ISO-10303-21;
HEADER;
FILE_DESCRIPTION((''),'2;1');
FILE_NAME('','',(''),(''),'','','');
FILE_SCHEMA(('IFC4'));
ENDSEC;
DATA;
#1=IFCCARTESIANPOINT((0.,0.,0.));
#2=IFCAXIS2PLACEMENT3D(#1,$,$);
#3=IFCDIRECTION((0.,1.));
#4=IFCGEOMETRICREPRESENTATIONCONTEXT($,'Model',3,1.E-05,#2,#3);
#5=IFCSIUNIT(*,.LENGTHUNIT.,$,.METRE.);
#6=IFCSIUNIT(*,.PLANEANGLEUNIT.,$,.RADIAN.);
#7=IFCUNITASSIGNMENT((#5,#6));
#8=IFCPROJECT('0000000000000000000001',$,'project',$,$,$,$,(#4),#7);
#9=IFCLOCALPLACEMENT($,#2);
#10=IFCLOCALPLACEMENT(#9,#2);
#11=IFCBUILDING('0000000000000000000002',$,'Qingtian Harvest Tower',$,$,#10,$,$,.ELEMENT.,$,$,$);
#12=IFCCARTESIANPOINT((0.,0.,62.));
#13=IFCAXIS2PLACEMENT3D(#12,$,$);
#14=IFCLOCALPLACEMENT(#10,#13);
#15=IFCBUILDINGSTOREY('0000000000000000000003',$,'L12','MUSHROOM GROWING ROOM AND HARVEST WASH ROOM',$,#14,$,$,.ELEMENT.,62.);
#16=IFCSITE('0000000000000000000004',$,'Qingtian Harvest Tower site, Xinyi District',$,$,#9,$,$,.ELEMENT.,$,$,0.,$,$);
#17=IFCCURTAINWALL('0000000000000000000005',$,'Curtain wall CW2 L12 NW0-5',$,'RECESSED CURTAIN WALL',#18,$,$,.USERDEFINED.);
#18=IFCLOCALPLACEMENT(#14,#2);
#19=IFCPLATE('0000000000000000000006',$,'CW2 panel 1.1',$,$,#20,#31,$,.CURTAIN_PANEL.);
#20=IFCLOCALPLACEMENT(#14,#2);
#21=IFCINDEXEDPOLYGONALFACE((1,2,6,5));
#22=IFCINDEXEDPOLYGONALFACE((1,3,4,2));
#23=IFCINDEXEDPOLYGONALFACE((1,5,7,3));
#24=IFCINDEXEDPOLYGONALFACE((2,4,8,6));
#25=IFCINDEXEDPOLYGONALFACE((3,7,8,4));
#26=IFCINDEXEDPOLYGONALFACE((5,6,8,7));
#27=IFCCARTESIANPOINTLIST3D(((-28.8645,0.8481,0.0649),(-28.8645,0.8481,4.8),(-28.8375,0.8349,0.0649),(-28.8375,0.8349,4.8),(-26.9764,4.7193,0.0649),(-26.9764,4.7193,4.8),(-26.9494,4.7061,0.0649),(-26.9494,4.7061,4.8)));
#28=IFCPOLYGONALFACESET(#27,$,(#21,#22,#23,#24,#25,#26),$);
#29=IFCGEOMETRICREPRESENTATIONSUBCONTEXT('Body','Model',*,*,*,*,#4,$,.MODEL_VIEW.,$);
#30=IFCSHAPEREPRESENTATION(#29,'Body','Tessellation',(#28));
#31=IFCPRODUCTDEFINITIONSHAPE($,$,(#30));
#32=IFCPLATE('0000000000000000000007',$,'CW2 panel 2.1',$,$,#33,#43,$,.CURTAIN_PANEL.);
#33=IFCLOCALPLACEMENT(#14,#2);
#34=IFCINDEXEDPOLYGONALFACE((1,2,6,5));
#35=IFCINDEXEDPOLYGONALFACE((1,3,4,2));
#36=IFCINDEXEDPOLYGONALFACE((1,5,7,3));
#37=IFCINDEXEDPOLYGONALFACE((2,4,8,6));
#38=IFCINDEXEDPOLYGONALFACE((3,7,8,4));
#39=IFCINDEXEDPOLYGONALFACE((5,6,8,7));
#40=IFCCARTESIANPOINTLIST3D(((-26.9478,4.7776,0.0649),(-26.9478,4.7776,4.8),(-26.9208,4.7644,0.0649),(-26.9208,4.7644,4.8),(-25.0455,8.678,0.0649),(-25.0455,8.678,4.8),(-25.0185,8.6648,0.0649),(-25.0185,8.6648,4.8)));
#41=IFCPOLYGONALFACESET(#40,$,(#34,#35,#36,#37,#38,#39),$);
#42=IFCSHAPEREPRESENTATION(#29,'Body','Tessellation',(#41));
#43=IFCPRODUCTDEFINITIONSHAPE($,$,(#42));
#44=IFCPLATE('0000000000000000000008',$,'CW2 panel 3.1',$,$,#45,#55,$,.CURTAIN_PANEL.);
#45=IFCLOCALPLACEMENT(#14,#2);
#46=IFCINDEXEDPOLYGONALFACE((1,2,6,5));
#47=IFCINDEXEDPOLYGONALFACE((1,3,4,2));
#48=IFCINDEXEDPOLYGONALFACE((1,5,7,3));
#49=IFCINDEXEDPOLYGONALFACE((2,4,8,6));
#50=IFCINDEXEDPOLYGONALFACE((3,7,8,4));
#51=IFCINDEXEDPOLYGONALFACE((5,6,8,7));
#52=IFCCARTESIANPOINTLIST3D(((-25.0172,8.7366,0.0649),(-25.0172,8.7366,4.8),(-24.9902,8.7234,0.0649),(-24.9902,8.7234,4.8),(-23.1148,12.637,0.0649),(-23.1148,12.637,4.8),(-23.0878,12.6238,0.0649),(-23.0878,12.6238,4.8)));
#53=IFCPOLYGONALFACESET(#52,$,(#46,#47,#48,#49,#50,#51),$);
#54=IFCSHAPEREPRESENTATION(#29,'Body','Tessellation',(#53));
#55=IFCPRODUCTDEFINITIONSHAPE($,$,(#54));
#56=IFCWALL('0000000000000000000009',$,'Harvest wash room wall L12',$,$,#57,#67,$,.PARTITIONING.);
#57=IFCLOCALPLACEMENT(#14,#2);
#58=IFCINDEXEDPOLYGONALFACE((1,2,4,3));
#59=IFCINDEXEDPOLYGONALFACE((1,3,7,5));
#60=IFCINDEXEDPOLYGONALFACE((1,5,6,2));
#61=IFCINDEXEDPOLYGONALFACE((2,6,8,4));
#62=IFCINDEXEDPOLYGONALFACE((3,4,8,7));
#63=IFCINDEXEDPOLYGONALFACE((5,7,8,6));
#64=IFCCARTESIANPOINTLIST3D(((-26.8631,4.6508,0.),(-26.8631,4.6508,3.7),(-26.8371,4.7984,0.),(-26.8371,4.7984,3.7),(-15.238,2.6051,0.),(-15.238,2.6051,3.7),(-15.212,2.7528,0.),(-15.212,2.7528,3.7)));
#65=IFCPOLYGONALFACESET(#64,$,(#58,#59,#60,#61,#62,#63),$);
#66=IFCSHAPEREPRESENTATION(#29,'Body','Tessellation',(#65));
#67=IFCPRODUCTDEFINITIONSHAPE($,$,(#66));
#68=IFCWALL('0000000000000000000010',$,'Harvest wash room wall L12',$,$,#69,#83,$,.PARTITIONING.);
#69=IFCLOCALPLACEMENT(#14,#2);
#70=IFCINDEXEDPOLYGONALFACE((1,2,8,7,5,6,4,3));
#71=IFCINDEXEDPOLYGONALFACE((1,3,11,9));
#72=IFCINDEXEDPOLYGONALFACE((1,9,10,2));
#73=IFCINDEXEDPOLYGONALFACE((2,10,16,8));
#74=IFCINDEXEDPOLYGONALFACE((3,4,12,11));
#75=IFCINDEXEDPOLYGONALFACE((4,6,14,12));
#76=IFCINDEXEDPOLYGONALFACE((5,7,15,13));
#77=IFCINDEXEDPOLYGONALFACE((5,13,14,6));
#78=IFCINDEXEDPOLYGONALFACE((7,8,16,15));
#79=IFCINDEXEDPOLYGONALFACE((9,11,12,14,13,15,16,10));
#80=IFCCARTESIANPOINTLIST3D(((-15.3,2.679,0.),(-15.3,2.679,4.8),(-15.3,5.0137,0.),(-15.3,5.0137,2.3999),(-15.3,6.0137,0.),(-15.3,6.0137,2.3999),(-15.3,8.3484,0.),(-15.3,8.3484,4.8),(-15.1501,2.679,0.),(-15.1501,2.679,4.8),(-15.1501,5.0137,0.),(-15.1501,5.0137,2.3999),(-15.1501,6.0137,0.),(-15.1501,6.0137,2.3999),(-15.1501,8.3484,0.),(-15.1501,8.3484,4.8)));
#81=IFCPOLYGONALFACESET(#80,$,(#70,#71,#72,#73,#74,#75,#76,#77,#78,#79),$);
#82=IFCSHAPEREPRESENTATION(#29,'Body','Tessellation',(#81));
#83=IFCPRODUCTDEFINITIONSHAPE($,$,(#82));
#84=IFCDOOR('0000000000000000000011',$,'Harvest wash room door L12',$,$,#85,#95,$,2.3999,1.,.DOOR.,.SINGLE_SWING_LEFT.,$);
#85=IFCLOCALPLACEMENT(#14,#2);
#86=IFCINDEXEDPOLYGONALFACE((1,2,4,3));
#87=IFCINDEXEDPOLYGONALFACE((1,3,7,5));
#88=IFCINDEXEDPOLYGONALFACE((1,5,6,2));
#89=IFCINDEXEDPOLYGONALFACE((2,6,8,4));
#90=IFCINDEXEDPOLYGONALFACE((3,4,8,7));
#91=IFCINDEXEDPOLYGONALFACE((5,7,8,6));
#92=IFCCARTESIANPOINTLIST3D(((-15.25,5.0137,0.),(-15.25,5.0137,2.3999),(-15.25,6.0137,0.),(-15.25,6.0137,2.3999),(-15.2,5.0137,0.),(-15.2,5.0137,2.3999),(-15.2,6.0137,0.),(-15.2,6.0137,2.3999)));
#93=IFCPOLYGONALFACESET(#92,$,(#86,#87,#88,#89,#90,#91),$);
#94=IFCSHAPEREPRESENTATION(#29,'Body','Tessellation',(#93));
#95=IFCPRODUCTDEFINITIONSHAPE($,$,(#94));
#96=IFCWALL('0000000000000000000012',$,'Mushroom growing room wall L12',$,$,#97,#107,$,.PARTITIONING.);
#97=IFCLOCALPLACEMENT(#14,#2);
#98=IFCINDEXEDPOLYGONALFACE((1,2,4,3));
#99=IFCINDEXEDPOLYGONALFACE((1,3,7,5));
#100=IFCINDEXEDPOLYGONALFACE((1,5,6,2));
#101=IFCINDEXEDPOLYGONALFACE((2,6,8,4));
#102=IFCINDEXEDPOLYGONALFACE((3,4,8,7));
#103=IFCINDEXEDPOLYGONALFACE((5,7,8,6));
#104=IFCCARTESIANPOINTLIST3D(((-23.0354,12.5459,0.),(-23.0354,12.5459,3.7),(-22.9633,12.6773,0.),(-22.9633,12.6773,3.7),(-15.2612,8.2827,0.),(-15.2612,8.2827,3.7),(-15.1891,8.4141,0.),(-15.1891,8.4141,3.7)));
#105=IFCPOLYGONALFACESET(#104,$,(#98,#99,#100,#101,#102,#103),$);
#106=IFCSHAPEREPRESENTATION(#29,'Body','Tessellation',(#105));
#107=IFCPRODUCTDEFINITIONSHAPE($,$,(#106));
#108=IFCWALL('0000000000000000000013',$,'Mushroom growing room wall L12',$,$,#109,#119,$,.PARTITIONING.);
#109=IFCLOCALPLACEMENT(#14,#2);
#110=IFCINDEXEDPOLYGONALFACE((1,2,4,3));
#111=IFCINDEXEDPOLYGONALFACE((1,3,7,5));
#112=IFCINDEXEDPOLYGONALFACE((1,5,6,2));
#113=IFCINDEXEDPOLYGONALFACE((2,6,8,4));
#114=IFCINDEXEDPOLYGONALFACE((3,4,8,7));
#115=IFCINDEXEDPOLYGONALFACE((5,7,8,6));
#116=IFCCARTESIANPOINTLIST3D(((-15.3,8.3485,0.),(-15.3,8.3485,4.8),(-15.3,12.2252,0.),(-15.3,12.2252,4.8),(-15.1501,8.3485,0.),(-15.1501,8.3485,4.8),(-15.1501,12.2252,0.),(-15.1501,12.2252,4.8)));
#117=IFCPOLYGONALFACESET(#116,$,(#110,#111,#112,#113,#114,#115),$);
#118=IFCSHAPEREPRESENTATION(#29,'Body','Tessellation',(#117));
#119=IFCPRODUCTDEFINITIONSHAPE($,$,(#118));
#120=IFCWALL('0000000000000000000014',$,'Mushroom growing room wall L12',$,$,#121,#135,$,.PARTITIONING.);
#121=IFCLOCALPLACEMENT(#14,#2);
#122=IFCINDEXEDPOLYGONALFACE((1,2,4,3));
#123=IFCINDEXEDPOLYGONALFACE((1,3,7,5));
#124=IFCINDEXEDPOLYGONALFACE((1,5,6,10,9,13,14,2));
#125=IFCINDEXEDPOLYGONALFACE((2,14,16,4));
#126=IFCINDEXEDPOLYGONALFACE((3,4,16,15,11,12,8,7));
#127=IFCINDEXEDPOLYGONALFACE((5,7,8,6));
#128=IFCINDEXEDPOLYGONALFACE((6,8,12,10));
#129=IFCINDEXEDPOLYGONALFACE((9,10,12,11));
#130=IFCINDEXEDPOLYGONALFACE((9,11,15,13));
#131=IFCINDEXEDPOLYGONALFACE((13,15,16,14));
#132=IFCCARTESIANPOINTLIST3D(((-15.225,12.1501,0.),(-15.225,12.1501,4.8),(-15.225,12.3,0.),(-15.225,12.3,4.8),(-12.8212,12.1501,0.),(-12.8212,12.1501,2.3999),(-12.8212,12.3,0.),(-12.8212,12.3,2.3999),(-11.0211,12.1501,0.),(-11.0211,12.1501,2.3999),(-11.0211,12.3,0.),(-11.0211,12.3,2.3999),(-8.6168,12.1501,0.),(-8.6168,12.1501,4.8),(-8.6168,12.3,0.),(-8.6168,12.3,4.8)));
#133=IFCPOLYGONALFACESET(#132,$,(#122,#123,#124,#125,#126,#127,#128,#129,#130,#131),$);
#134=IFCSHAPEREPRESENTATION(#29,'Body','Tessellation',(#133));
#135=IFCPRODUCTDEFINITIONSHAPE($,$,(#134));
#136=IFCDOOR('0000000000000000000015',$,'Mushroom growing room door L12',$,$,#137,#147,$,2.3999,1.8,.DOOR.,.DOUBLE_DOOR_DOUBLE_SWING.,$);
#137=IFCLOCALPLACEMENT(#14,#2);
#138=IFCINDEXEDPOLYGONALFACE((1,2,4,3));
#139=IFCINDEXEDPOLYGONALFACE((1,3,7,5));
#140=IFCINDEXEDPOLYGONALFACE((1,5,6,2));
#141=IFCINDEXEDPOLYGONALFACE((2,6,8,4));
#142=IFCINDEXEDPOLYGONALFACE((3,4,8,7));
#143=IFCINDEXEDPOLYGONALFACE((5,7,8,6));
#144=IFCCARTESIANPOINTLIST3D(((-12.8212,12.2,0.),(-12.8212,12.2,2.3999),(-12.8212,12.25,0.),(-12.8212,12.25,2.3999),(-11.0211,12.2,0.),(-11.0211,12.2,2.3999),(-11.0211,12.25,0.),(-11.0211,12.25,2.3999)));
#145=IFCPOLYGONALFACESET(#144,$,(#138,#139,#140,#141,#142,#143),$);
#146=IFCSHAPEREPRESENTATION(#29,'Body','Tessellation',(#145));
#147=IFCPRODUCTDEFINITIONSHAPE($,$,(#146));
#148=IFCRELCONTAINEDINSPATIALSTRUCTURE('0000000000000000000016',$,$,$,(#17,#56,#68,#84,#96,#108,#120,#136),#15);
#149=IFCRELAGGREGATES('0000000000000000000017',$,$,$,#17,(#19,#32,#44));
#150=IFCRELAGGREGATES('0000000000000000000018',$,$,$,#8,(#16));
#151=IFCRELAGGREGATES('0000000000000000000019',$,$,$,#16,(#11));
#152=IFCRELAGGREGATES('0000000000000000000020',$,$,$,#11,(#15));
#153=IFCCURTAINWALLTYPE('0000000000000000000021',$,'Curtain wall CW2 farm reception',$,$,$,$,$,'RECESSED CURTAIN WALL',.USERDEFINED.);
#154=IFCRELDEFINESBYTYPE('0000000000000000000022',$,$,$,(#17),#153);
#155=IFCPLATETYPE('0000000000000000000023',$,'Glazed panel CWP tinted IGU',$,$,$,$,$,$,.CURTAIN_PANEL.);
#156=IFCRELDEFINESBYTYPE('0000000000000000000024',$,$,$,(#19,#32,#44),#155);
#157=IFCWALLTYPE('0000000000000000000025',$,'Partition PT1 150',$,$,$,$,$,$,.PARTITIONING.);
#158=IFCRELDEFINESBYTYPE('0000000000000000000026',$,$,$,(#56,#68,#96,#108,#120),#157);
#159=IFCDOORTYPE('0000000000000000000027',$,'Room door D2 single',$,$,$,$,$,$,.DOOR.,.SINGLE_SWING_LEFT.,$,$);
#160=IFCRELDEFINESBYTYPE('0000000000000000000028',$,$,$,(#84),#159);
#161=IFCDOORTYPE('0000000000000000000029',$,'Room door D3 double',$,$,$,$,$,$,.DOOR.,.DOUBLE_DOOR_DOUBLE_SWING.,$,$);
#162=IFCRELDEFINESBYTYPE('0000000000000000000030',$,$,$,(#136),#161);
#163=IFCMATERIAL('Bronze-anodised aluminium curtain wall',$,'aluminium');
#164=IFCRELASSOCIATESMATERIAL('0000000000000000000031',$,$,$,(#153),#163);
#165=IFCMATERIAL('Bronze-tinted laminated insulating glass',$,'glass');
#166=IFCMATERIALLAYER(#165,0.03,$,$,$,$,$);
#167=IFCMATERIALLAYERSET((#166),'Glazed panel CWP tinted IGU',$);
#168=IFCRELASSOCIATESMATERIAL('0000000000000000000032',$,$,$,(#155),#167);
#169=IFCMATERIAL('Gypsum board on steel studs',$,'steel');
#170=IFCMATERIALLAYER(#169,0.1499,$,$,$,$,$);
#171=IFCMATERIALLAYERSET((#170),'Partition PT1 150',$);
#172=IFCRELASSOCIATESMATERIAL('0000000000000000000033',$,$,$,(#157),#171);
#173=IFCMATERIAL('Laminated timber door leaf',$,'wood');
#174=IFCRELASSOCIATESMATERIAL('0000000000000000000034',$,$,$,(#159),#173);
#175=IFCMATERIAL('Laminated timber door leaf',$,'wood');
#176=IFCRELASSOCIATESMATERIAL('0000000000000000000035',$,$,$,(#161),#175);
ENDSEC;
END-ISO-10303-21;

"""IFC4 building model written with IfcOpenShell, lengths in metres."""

from ifc_helpers import new_model, si_unit, direction, frame, frame_2d, origin, origin_2d, place, context, subcontext, project, spatial, rectangle, extrude, material, layer, layer_set, type_object, element, fill, aggregate, save


model = new_model("IFC4")

# Units and contexts
model_context = context("Model", 3, precision=1e-05, world=origin(), true_north=direction((0.0, 1.0)))
body_context = subcontext(model_context, "Body", "Model", "MODEL_VIEW")
ifc_project = project(units=[si_unit("LENGTHUNIT", "METRE"), si_unit("PLANEANGLEUNIT", "RADIAN")], contexts=[model_context])

# Site, building, storey
site_placement = place(None, origin())
site = spatial("IfcSite", under=ifc_project, at=site_placement, Name="Qingtian Harvest Tower site, Xinyi District", CompositionType="ELEMENT", RefElevation=0.0)
building_placement = place(site_placement, origin())
building = spatial("IfcBuilding", under=site, at=building_placement, Name="Qingtian Harvest Tower", CompositionType="ELEMENT")
storey_placement = place(building_placement, frame((0.0, 0.0, 62.0)))
storey = spatial("IfcBuildingStorey", under=building, at=storey_placement, Name="L12", Description="MUSHROOM GROWING ROOM AND HARVEST WASH ROOM", CompositionType="ELEMENT", Elevation=62.0)

# Shared definitions
ifc_material_1 = material(Name="Bronze-anodised aluminium curtain wall", Category="aluminium")
curtain_wall_type = type_object("IfcCurtainWallType", Name="Curtain wall CW2 farm reception", ElementType="RECESSED CURTAIN WALL", PredefinedType="USERDEFINED", material=ifc_material_1)

# Curtain wall
curtain_wall_1_placement = place(storey_placement, origin())
curtain_wall_1 = element("IfcCurtainWall", 1, at=curtain_wall_1_placement, inside=storey, type_object=curtain_wall_type, Name="Curtain wall CW2 L12 NW0-5", ObjectType="RECESSED CURTAIN WALL", PredefinedType="USERDEFINED")

# Plates
ifc_material_2 = material(Name="Bronze-tinted laminated insulating glass", Category="glass")
ifc_layer_1 = layer(ifc_material_2, 0.03)
ifc_layer_set_1 = layer_set([ifc_layer_1], Name="Glazed panel CWP tinted IGU")
plate_type = type_object("IfcPlateType", Name="Glazed panel CWP tinted IGU", PredefinedType="CURTAIN_PANEL", material=ifc_layer_set_1)
plate_1_placement = place(storey_placement, frame((-27.907, 2.7771, 0.0649), z_axis=(0.0, 0.0, 1.0), x_axis=(0.438371, 0.898794, 0.0)))
plate_1 = element("IfcPlate", 2, at=plate_1_placement, type_object=plate_type, Name="CW2 panel 1.1", PredefinedType="CURTAIN_PANEL", context=body_context, shape_type="SweptSolid", body=[
    extrude(rectangle(XDim=4.3071, YDim=0.03, at=origin_2d()), origin(), (0.0, 0.0, 1.0), 4.7351),
])
plate_2_placement = place(storey_placement, frame((-25.9832, 6.7212, 0.0649), z_axis=(0.0, 0.0, 1.0), x_axis=(0.438371, 0.898794, 0.0)))
plate_2 = element("IfcPlate", 3, at=plate_2_placement, type_object=plate_type, Name="CW2 panel 2.1", PredefinedType="CURTAIN_PANEL", context=body_context, shape_type="SweptSolid", body=[
    extrude(rectangle(XDim=4.3396, YDim=0.03, at=origin_2d()), origin(), (0.0, 0.0, 1.0), 4.7351),
])
plate_3_placement = place(storey_placement, frame((-24.0525, 10.6802, 0.0649), z_axis=(0.0, 0.0, 1.0), x_axis=(0.438371, 0.898794, 0.0)))
plate_3 = element("IfcPlate", 4, at=plate_3_placement, type_object=plate_type, Name="CW2 panel 3.1", PredefinedType="CURTAIN_PANEL", context=body_context, shape_type="SweptSolid", body=[
    extrude(rectangle(XDim=4.3396, YDim=0.03, at=origin_2d()), origin(), (0.0, 0.0, 1.0), 4.7351),
])
aggregate(curtain_wall_1, [plate_1, plate_2, plate_3])

# Wall
ifc_material_3 = material(Name="Gypsum board on steel studs", Category="steel")
ifc_layer_2 = layer(ifc_material_3, 0.1499)
ifc_layer_set_2 = layer_set([ifc_layer_2], Name="Partition PT1 150")
wall_type = type_object("IfcWallType", Name="Partition PT1 150", PredefinedType="PARTITIONING", material=ifc_layer_set_2)
wall_1_placement = place(storey_placement, frame((-26.8501, 4.7246, 0.0), z_axis=(0.0, 0.0, 1.0), x_axis=(0.984868, -0.173307, 0.0)))
element("IfcWall", 5, at=wall_1_placement, inside=storey, type_object=wall_type, Name="Harvest wash room wall L12", PredefinedType="PARTITIONING", context=body_context, shape_type="SweptSolid", body=[
    extrude(rectangle(XDim=11.8037, YDim=0.1499, at=frame_2d((5.9019, 0.0))), origin(), (0.0, 0.0, 1.0), 3.7),
])

# Wall, opening, door
wall_2_placement = place(storey_placement, frame((-15.2251, 2.679, 0.0), z_axis=(0.0, 0.0, 1.0), x_axis=(0.0, 1.0, 0.0)))
wall_2 = element("IfcWall", 6, at=wall_2_placement, inside=storey, type_object=wall_type, Name="Harvest wash room wall L12", PredefinedType="PARTITIONING", context=body_context, shape_type="SweptSolid", body=[
    extrude(rectangle(XDim=5.6694, YDim=0.1499, at=frame_2d((2.8347, 0.0))), origin(), (0.0, 0.0, 1.0), 4.8),
])
opening_1_placement = place(wall_2_placement, frame((2.3347, 0.0, 0.0)))
opening_1 = element("IfcOpeningElement", 7, at=opening_1_placement, cuts=wall_2, PredefinedType="OPENING", context=body_context, shape_type="SweptSolid", body=[
    extrude(rectangle(XDim=1.0, YDim=2.3999, at=frame_2d((0.5, 1.2))), frame((0.0, 0.085, 0.0), z_axis=(0.0, -1.0, 0.0), x_axis=(1.0, 0.0, 0.0)), (0.0, 0.0, 1.0), 0.1699),
])
ifc_material_4 = material(Name="Laminated timber door leaf", Category="wood")
door_type_1 = type_object("IfcDoorType", Name="Room door D2 single", OperationType="SINGLE_SWING_LEFT", PredefinedType="DOOR", material=ifc_material_4)
door_1_placement = place(opening_1_placement, origin())
door_1 = element("IfcDoor", 8, at=door_1_placement, inside=storey, type_object=door_type_1, Name="Harvest wash room door L12", OperationType="SINGLE_SWING_LEFT", OverallHeight=2.3999, OverallWidth=1.0, PredefinedType="DOOR", context=body_context, shape_type="SweptSolid", body=[
    extrude(rectangle(XDim=1.0, YDim=2.3999, at=frame_2d((0.5, 1.2))), frame((0.0, 0.0249, 0.0), z_axis=(0.0, -1.0, 0.0), x_axis=(1.0, 0.0, 0.0)), (0.0, 0.0, 1.0), 0.05),
])
fill(opening_1, door_1)

# Walls
wall_3_placement = place(storey_placement, frame((-22.9993, 12.6116, 0.0), z_axis=(0.0, 0.0, 1.0), x_axis=(0.876816, -0.480826, 0.0)))
element("IfcWall", 9, at=wall_3_placement, inside=storey, type_object=wall_type, Name="Mushroom growing room wall L12", PredefinedType="PARTITIONING", context=body_context, shape_type="SweptSolid", body=[
    extrude(rectangle(XDim=8.8665, YDim=0.1499, at=frame_2d((4.4331, 0.0))), origin(), (0.0, 0.0, 1.0), 3.7),
])
wall_4_placement = place(storey_placement, frame((-15.2251, 8.3484, 0.0), z_axis=(0.0, 0.0, 1.0), x_axis=(0.0, 1.0, 0.0)))
element("IfcWall", 10, at=wall_4_placement, inside=storey, type_object=wall_type, Name="Mushroom growing room wall L12", PredefinedType="PARTITIONING", context=body_context, shape_type="SweptSolid", body=[
    extrude(rectangle(XDim=3.8767, YDim=0.1499, at=frame_2d((1.9385, 0.0))), origin(), (0.0, 0.0, 1.0), 4.8),
])

# Wall, opening, door
wall_5_placement = place(storey_placement, frame((-15.2251, 12.2251, 0.0), z_axis=(0.0, 0.0, 1.0), x_axis=(1.0, 0.0, 0.0)))
wall_5 = element("IfcWall", 11, at=wall_5_placement, inside=storey, type_object=wall_type, Name="Mushroom growing room wall L12", PredefinedType="PARTITIONING", context=body_context, shape_type="SweptSolid", body=[
    extrude(rectangle(XDim=6.6082, YDim=0.1499, at=frame_2d((3.3042, 0.0))), origin(), (0.0, 0.0, 1.0), 4.8),
])
opening_2_placement = place(wall_5_placement, frame((2.4041, 0.0, 0.0)))
opening_2 = element("IfcOpeningElement", 12, at=opening_2_placement, cuts=wall_5, PredefinedType="OPENING", context=body_context, shape_type="SweptSolid", body=[
    extrude(rectangle(XDim=1.8, YDim=2.3999, at=frame_2d((0.8999, 1.2))), frame((0.0, 0.085, 0.0), z_axis=(0.0, -1.0, 0.0), x_axis=(1.0, 0.0, 0.0)), (0.0, 0.0, 1.0), 0.1699),
])
ifc_material_5 = material(Name="Laminated timber door leaf", Category="wood")
door_type_2 = type_object("IfcDoorType", Name="Room door D3 double", OperationType="DOUBLE_DOOR_DOUBLE_SWING", PredefinedType="DOOR", material=ifc_material_5)
door_2_placement = place(opening_2_placement, origin())
door_2 = element("IfcDoor", 13, at=door_2_placement, inside=storey, type_object=door_type_2, Name="Mushroom growing room door L12", OperationType="DOUBLE_DOOR_DOUBLE_SWING", OverallHeight=2.3999, OverallWidth=1.8, PredefinedType="DOOR", context=body_context, shape_type="SweptSolid", body=[
    extrude(rectangle(XDim=1.8, YDim=2.3999, at=frame_2d((0.8999, 1.2))), frame((0.0, 0.0249, 0.0), z_axis=(0.0, -1.0, 0.0), x_axis=(1.0, 0.0, 0.0)), (0.0, 0.0, 1.0), 0.05),
])
fill(opening_2, door_2)

save(model, "model.ifc")
